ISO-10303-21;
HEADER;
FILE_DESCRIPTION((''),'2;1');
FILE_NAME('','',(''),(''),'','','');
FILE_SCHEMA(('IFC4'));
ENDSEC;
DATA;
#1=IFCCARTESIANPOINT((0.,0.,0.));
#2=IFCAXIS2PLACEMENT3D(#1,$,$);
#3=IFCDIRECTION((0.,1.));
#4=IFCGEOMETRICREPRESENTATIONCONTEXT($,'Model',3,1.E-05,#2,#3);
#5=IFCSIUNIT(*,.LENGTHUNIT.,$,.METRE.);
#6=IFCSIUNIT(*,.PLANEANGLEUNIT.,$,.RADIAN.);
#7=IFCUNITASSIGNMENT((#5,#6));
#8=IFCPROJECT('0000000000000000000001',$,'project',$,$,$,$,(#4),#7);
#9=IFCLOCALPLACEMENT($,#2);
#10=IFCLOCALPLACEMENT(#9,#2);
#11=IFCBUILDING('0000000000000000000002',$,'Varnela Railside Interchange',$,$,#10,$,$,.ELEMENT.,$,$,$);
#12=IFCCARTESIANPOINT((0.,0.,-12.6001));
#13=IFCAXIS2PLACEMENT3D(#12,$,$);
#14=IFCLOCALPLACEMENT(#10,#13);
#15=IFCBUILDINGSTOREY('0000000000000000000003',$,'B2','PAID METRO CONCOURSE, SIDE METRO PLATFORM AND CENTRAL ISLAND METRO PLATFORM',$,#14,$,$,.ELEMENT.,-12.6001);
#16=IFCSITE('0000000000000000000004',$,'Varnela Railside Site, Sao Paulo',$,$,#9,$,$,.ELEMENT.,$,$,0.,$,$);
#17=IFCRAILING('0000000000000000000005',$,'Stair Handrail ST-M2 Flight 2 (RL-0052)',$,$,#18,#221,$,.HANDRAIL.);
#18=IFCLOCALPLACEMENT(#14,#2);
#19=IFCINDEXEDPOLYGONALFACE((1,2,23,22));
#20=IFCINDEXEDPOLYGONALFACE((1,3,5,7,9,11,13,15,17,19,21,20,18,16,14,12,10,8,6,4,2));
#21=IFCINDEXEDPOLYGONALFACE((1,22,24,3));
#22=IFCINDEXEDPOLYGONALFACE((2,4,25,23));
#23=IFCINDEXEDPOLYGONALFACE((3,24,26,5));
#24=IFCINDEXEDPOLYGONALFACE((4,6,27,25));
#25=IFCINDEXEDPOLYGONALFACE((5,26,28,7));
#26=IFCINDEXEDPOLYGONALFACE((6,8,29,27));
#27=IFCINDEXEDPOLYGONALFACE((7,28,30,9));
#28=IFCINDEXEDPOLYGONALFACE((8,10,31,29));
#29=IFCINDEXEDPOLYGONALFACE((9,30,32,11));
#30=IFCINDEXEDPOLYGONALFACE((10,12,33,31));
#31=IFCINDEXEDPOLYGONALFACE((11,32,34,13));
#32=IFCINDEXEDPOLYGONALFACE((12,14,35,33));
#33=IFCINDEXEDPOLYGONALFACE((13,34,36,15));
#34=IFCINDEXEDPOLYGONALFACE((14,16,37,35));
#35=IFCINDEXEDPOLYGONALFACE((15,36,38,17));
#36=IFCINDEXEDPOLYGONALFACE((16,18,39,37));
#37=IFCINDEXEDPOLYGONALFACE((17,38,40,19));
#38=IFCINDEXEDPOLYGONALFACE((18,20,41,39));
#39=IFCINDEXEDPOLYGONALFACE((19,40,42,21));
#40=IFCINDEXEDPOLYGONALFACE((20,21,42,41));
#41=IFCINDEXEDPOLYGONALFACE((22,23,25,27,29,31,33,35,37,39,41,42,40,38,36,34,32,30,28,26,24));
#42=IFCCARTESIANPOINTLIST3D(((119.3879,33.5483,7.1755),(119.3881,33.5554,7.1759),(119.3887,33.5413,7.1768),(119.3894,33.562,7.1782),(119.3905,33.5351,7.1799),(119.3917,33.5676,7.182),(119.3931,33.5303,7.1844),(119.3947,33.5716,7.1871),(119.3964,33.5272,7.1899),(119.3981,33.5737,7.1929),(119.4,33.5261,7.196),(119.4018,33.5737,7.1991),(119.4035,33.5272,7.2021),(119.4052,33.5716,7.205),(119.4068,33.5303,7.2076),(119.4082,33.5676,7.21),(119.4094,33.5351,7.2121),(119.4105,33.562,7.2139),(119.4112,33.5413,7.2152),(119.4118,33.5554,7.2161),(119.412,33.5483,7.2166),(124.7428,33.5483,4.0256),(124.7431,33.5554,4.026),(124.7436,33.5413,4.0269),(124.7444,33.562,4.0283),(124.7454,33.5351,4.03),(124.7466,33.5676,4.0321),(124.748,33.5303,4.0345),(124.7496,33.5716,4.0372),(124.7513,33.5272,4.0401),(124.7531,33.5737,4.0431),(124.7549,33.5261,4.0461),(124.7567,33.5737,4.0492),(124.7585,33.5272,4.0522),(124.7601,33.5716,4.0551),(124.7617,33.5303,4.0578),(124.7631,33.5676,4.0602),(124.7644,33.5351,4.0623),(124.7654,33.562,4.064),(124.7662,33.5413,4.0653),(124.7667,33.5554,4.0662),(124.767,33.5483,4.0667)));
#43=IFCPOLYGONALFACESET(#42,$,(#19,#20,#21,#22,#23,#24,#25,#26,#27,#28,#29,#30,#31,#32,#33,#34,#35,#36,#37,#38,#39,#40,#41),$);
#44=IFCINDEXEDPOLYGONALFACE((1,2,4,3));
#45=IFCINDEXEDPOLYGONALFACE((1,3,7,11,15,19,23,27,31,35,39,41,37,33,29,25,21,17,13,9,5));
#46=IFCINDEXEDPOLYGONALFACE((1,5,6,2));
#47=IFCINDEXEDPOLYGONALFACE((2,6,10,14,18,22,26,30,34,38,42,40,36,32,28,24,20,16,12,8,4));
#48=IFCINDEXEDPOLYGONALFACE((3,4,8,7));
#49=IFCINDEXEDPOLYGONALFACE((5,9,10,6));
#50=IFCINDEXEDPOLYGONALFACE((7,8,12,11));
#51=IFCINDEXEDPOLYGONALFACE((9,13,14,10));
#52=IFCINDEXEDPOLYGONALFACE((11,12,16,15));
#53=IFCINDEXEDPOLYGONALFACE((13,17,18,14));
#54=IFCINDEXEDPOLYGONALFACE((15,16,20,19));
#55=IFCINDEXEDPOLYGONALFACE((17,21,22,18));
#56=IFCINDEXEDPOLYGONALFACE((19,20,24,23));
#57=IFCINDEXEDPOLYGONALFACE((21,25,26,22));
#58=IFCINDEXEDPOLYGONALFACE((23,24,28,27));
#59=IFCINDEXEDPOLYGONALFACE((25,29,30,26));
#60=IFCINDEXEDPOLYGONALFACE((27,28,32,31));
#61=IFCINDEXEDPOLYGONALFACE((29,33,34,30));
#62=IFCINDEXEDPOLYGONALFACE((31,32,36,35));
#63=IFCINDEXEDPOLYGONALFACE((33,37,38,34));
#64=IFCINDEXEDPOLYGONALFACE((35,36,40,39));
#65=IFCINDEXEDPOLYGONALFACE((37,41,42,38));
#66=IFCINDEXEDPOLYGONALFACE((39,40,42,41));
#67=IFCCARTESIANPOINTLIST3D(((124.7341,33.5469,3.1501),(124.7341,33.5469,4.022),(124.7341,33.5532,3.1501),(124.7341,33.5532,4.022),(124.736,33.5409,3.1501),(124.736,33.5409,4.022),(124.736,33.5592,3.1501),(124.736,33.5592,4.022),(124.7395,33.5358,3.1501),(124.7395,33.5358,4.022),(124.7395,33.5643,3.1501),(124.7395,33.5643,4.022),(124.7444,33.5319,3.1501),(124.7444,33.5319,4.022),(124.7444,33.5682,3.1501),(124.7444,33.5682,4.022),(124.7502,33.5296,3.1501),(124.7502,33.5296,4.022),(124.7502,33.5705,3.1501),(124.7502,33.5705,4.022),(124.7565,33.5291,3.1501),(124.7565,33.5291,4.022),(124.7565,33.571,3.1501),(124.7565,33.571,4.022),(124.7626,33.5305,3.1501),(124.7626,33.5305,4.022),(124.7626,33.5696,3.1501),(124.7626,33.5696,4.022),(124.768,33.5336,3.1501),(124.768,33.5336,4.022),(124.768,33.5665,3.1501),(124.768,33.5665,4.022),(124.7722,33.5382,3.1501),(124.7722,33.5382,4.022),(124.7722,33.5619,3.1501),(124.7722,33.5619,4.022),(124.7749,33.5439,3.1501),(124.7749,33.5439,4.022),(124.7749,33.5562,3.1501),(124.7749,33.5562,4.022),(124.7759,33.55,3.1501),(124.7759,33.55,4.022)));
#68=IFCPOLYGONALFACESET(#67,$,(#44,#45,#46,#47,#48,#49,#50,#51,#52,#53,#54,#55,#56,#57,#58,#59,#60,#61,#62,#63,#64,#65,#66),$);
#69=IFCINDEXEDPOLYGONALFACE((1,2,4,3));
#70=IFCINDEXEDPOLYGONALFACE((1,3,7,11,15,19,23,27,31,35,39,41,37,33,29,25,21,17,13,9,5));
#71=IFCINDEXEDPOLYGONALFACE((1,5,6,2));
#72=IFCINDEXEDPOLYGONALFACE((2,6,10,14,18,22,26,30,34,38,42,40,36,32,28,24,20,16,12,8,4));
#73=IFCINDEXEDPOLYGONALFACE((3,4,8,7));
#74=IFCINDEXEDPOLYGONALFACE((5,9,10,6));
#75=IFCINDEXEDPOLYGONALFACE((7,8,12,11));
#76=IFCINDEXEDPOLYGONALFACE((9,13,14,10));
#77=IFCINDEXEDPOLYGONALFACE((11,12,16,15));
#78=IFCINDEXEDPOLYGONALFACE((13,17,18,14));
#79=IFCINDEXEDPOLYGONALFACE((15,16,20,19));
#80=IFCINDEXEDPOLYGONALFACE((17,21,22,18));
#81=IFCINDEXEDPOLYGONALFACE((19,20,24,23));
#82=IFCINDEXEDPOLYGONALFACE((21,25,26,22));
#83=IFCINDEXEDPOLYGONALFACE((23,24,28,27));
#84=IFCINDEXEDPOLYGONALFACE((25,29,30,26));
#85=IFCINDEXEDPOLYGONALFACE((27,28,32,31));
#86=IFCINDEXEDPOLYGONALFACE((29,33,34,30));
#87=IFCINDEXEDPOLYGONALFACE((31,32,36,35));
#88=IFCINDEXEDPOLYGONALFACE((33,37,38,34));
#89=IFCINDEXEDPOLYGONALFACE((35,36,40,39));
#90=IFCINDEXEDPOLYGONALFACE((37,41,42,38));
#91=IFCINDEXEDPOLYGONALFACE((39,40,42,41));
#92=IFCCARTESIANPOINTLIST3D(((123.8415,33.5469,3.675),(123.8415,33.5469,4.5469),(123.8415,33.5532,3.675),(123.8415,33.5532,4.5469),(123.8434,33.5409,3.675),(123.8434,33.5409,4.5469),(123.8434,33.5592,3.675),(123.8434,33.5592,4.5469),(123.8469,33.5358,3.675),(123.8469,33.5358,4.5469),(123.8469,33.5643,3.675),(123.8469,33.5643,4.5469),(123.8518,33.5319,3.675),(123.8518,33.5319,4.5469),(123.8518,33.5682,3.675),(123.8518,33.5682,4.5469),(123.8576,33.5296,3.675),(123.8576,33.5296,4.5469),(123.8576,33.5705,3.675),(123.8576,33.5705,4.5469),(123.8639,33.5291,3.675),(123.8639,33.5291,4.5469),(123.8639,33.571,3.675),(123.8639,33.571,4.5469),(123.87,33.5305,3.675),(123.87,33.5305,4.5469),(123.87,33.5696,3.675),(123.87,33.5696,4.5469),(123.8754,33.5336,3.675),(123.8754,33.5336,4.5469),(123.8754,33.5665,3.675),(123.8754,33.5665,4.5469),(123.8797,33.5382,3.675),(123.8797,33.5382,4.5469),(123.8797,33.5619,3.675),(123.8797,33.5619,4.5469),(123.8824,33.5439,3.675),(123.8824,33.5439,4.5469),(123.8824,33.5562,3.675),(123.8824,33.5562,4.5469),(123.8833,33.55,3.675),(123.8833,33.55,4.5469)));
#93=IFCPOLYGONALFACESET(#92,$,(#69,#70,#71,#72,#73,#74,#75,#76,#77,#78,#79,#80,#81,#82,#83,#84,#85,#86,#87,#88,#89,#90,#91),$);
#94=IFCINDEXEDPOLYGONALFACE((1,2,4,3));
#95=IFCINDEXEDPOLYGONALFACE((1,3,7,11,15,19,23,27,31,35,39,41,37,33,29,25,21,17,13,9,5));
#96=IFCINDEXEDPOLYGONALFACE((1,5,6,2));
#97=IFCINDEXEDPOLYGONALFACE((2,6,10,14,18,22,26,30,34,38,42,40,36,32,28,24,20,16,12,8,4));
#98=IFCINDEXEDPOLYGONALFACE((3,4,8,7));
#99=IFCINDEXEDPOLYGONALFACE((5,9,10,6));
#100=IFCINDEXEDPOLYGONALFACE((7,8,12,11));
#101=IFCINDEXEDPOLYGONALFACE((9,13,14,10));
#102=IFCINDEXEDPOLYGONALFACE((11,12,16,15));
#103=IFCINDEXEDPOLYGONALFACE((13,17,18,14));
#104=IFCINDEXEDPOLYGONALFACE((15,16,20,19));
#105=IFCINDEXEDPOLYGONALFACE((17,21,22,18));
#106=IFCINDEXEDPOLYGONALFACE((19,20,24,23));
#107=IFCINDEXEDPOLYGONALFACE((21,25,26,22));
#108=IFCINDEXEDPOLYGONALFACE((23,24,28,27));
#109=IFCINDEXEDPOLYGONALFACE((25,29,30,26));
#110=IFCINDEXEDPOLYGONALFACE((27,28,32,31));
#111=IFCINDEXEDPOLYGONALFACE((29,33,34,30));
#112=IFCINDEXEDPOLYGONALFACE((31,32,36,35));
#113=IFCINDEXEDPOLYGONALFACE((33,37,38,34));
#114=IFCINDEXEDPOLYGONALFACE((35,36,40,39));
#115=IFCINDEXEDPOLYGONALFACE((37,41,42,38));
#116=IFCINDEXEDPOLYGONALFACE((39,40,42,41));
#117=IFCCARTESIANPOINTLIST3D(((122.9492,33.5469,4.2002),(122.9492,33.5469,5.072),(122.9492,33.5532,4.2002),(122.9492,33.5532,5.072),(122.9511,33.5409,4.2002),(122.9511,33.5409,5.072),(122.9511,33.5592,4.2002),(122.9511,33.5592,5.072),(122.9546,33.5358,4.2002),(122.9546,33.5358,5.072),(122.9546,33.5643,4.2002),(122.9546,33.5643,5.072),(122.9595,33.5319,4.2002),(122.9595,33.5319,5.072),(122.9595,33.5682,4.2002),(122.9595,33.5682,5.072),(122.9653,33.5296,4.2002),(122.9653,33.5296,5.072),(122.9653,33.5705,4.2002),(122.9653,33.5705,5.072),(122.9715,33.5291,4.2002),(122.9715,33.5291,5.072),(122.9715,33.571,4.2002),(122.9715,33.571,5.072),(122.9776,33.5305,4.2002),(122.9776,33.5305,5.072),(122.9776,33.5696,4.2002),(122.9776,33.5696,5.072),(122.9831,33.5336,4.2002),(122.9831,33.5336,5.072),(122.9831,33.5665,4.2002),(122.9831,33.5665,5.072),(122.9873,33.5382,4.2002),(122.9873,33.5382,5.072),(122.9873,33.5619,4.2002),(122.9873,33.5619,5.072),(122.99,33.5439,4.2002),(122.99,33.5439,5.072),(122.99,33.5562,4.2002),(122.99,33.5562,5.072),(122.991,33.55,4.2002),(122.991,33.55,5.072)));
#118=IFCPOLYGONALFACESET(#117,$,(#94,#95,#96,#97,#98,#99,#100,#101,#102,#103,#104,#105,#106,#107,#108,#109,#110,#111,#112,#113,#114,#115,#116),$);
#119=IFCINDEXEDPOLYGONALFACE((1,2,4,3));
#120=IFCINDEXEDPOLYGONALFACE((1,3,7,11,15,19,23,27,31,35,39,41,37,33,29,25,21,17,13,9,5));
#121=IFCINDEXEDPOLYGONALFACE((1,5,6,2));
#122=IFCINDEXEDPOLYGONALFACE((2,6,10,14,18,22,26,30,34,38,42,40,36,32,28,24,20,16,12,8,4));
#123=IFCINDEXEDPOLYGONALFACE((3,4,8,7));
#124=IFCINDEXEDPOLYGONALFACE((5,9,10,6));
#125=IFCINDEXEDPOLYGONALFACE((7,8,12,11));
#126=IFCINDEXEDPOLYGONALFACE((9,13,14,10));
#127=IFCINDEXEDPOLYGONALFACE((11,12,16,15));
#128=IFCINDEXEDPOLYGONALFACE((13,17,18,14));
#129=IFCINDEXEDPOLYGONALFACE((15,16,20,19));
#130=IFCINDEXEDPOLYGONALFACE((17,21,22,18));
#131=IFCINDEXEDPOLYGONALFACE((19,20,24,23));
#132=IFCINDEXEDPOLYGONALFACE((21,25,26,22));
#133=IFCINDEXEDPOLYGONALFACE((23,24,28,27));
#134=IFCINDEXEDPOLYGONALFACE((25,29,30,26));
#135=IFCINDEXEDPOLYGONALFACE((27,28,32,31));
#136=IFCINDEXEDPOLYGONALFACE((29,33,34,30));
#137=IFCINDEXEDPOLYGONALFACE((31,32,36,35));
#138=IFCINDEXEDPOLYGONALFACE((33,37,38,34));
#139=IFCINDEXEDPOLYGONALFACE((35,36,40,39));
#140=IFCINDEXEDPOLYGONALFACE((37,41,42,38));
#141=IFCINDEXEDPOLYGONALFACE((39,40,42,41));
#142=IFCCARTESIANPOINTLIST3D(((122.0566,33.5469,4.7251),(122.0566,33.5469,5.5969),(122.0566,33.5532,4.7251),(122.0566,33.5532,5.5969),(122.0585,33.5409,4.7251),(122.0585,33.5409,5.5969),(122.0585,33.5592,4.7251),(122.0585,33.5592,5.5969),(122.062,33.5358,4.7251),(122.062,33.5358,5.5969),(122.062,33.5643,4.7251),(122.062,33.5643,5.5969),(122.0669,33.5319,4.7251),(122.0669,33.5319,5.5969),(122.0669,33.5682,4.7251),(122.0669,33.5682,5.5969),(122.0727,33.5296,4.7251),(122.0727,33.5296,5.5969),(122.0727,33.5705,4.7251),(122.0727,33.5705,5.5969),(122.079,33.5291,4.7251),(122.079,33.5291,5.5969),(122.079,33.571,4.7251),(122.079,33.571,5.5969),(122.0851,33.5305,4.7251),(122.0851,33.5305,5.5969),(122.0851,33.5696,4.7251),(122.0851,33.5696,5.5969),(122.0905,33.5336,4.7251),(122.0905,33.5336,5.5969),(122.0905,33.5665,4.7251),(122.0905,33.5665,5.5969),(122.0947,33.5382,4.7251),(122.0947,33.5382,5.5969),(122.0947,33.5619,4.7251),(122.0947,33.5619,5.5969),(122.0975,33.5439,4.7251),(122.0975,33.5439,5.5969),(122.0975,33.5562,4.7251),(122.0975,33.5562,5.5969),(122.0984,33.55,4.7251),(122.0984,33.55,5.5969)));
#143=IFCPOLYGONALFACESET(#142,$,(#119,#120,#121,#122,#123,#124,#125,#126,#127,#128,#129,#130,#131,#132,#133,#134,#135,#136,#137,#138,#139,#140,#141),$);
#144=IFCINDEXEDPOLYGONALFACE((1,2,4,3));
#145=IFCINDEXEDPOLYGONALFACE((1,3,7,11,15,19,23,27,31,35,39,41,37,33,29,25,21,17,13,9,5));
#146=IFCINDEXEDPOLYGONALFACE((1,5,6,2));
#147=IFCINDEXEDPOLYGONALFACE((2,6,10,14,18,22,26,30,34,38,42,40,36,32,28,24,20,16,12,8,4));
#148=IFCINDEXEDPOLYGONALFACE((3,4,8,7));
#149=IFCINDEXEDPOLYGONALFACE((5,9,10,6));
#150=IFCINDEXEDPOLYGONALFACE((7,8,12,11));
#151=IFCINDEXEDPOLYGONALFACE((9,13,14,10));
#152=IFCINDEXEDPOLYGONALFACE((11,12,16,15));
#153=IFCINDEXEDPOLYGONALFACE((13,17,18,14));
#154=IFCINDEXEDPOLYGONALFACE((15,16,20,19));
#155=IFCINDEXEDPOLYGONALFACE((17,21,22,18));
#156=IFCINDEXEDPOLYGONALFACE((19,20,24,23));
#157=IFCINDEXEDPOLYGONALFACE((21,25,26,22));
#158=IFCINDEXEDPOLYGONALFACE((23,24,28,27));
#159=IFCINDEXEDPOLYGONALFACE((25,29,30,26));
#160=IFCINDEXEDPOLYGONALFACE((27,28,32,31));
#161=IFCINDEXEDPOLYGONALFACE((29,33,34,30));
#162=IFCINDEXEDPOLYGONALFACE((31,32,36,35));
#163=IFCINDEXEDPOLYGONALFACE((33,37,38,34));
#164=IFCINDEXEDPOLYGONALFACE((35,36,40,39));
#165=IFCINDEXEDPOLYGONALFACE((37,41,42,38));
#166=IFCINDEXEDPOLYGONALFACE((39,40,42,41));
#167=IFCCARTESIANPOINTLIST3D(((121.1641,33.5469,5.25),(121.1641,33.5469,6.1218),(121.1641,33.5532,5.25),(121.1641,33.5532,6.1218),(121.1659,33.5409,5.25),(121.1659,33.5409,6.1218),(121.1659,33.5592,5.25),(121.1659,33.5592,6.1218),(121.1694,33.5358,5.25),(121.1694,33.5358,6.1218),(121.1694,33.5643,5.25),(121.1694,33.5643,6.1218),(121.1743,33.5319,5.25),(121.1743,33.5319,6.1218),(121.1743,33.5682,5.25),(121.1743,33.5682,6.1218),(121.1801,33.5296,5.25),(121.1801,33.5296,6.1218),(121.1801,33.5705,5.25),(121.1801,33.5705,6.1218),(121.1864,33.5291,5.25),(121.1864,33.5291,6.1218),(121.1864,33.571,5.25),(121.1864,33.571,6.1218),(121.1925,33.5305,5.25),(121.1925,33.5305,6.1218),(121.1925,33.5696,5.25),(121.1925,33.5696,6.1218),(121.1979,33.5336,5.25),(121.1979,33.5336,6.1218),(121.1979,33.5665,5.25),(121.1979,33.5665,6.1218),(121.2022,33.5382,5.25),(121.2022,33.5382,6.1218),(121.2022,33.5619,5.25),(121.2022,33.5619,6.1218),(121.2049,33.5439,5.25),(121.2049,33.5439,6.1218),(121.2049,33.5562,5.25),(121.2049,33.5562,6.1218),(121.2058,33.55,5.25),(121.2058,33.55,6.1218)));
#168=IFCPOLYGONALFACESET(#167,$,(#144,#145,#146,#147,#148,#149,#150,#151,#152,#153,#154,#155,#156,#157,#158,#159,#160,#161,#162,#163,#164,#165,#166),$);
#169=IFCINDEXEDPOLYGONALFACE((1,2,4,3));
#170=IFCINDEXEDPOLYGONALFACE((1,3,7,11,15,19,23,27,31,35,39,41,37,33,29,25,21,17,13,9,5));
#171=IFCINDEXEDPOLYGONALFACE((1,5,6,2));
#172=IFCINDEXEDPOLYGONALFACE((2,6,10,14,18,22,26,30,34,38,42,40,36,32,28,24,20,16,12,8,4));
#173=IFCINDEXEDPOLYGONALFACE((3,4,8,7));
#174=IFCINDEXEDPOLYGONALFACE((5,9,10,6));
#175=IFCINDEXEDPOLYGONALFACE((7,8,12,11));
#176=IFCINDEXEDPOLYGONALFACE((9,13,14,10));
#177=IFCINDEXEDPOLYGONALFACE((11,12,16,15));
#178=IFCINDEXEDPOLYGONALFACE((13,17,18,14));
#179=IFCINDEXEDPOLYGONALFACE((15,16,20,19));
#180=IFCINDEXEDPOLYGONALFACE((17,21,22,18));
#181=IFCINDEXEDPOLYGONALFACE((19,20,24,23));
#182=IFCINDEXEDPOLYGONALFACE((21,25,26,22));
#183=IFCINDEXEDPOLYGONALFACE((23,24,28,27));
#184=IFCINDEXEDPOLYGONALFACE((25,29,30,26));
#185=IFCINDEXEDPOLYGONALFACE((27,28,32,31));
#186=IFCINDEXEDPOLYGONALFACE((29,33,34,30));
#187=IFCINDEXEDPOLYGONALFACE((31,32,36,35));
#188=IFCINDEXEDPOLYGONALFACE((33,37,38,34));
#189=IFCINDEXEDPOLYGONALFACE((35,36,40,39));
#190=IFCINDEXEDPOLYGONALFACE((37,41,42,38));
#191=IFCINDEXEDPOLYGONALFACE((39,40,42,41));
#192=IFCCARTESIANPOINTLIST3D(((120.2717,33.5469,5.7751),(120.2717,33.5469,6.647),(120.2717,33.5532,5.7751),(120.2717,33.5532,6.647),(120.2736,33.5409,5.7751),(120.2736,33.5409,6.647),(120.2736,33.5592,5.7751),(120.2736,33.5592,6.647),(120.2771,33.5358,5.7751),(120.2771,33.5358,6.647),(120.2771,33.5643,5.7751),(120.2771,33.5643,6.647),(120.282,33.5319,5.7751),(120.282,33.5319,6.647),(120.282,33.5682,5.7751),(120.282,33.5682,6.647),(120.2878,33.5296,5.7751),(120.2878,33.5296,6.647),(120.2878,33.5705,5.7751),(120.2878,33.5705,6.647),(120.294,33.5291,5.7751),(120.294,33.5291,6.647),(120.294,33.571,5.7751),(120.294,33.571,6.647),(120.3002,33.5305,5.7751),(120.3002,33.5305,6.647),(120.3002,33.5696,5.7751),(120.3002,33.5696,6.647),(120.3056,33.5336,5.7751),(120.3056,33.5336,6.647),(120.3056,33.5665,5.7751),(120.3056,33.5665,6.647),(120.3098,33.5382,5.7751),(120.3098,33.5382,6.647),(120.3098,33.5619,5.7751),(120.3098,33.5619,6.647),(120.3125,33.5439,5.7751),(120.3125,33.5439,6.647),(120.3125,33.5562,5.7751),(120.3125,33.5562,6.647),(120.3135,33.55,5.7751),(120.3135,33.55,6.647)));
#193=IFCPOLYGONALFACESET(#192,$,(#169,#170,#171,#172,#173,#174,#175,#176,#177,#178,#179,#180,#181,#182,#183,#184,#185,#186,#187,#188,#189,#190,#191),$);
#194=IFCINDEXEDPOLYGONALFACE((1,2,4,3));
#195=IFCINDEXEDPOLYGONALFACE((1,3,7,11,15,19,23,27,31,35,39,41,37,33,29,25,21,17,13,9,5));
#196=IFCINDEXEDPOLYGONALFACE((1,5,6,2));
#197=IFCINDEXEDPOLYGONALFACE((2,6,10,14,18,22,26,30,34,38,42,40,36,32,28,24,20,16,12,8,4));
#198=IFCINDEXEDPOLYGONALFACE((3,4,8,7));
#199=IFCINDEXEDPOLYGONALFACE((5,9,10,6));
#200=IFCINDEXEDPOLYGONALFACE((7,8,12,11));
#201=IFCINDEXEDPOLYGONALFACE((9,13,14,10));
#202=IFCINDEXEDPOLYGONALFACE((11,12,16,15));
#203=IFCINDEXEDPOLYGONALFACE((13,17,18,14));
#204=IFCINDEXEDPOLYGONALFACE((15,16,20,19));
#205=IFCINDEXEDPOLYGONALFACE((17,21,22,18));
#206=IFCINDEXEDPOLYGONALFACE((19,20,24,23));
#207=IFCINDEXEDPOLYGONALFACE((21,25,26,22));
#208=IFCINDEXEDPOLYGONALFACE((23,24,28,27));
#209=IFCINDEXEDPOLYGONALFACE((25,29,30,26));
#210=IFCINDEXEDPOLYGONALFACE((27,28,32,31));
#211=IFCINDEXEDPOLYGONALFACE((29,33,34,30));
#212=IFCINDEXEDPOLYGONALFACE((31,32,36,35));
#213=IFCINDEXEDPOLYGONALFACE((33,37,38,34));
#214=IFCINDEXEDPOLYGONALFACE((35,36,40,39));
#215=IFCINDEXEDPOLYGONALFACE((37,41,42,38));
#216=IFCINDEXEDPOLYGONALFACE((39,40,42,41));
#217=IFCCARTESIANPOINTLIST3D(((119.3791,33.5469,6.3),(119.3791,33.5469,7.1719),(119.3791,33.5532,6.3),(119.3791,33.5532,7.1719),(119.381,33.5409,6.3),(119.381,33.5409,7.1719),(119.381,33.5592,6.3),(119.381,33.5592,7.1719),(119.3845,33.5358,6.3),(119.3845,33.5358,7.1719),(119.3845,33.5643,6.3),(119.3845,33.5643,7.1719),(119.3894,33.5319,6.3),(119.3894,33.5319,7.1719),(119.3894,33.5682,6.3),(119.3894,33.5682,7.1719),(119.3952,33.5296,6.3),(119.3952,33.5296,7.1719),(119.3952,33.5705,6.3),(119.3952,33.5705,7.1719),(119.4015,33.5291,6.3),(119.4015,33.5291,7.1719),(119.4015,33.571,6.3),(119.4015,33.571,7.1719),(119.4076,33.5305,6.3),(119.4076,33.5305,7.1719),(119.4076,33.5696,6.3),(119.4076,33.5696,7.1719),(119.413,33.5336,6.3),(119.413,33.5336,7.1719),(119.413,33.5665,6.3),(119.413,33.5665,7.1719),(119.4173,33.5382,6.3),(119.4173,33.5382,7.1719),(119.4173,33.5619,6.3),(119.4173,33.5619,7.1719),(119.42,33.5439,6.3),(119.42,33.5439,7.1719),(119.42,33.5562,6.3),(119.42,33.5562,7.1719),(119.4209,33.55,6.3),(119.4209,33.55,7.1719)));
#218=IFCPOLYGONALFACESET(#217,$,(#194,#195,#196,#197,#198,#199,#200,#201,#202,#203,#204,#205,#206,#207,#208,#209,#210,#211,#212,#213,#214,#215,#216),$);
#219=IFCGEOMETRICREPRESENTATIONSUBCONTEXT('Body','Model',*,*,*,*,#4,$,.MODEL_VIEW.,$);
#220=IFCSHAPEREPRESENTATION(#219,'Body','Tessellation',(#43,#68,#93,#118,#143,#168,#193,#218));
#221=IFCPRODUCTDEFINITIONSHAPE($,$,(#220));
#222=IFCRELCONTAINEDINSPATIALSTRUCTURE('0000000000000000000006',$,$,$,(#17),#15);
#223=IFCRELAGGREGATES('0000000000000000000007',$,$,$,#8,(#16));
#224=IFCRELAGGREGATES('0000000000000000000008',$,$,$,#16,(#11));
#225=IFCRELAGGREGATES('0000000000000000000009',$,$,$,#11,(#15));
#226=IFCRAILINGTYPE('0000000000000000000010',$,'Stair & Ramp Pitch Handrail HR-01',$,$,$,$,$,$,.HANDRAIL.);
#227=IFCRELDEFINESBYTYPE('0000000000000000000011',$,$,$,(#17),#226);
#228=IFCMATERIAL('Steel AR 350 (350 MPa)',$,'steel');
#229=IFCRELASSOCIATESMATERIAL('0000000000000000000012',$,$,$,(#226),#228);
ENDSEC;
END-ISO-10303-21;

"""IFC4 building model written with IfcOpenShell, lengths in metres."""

from ifc_helpers import new_model, si_unit, direction, frame, origin, origin_2d, place, context, subcontext, project, spatial, circle, extrude, material, type_object, element, save


model = new_model("IFC4")

# Units and contexts
model_context = context("Model", 3, precision=1e-05, world=origin(), true_north=direction((0.0, 1.0)))
body_context = subcontext(model_context, "Body", "Model", "MODEL_VIEW")
ifc_project = project(units=[si_unit("LENGTHUNIT", "METRE"), si_unit("PLANEANGLEUNIT", "RADIAN")], contexts=[model_context])

# Site, building, storey
site_placement = place(None, origin())
site = spatial("IfcSite", under=ifc_project, at=site_placement, Name="Varnela Railside Site, Sao Paulo", CompositionType="ELEMENT", RefElevation=0.0)
building_placement = place(site_placement, origin())
building = spatial("IfcBuilding", under=site, at=building_placement, Name="Varnela Railside Interchange", CompositionType="ELEMENT")
storey_placement = place(building_placement, frame((0.0, 0.0, -12.6001)))
storey = spatial("IfcBuildingStorey", under=building, at=storey_placement, Name="B2", Description="PAID METRO CONCOURSE, SIDE METRO PLATFORM AND CENTRAL ISLAND METRO PLATFORM", CompositionType="ELEMENT", Elevation=-12.6001)

# Shared definitions
ifc_material_1 = material(Name="Steel AR 350 (350 MPa)", Category="steel")

# Railing
railing_type_1 = type_object("IfcRailingType", Name="Stair & Ramp Pitch Handrail HR-01", PredefinedType="HANDRAIL", material=ifc_material_1)
railing_1_placement = place(storey_placement, frame((124.7549, 33.55, 3.1501)))
element("IfcRailing", 1, at=railing_1_placement, inside=storey, type_object=railing_type_1, Name="Stair Handrail ST-M2 Flight 2 (RL-0052)", PredefinedType="HANDRAIL", context=body_context, shape_type="SweptSolid", body=[
    extrude(circle(Radius=0.0239, at=origin_2d()), frame((0.0, 0.0, 0.896), z_axis=(-0.86194, 0.0, 0.50701), x_axis=(0.0, -1.0, 0.0)), (0.0, 0.0, 1.0), 6.2126),
    extrude(circle(Radius=0.021, at=origin_2d()), origin(), (0.0, 0.0, 1.0), 0.8718),
    extrude(circle(Radius=0.021, at=origin_2d()), frame((-0.8926, 0.0, 0.5249)), (0.0, 0.0, 1.0), 0.8718),
    extrude(circle(Radius=0.021, at=origin_2d()), frame((-1.7849, 0.0, 1.05)), (0.0, 0.0, 1.0), 0.8718),
    extrude(circle(Radius=0.021, at=origin_2d()), frame((-2.6775, 0.0, 1.575)), (0.0, 0.0, 1.0), 0.8718),
    extrude(circle(Radius=0.021, at=origin_2d()), frame((-3.5701, 0.0, 2.0999)), (0.0, 0.0, 1.0), 0.8718),
    extrude(circle(Radius=0.021, at=origin_2d()), frame((-4.4624, 0.0, 2.625)), (0.0, 0.0, 1.0), 0.8718),
    extrude(circle(Radius=0.021, at=origin_2d()), frame((-5.355, 0.0, 3.1499)), (0.0, 0.0, 1.0), 0.8718),
])

save(model, "model.ifc")
